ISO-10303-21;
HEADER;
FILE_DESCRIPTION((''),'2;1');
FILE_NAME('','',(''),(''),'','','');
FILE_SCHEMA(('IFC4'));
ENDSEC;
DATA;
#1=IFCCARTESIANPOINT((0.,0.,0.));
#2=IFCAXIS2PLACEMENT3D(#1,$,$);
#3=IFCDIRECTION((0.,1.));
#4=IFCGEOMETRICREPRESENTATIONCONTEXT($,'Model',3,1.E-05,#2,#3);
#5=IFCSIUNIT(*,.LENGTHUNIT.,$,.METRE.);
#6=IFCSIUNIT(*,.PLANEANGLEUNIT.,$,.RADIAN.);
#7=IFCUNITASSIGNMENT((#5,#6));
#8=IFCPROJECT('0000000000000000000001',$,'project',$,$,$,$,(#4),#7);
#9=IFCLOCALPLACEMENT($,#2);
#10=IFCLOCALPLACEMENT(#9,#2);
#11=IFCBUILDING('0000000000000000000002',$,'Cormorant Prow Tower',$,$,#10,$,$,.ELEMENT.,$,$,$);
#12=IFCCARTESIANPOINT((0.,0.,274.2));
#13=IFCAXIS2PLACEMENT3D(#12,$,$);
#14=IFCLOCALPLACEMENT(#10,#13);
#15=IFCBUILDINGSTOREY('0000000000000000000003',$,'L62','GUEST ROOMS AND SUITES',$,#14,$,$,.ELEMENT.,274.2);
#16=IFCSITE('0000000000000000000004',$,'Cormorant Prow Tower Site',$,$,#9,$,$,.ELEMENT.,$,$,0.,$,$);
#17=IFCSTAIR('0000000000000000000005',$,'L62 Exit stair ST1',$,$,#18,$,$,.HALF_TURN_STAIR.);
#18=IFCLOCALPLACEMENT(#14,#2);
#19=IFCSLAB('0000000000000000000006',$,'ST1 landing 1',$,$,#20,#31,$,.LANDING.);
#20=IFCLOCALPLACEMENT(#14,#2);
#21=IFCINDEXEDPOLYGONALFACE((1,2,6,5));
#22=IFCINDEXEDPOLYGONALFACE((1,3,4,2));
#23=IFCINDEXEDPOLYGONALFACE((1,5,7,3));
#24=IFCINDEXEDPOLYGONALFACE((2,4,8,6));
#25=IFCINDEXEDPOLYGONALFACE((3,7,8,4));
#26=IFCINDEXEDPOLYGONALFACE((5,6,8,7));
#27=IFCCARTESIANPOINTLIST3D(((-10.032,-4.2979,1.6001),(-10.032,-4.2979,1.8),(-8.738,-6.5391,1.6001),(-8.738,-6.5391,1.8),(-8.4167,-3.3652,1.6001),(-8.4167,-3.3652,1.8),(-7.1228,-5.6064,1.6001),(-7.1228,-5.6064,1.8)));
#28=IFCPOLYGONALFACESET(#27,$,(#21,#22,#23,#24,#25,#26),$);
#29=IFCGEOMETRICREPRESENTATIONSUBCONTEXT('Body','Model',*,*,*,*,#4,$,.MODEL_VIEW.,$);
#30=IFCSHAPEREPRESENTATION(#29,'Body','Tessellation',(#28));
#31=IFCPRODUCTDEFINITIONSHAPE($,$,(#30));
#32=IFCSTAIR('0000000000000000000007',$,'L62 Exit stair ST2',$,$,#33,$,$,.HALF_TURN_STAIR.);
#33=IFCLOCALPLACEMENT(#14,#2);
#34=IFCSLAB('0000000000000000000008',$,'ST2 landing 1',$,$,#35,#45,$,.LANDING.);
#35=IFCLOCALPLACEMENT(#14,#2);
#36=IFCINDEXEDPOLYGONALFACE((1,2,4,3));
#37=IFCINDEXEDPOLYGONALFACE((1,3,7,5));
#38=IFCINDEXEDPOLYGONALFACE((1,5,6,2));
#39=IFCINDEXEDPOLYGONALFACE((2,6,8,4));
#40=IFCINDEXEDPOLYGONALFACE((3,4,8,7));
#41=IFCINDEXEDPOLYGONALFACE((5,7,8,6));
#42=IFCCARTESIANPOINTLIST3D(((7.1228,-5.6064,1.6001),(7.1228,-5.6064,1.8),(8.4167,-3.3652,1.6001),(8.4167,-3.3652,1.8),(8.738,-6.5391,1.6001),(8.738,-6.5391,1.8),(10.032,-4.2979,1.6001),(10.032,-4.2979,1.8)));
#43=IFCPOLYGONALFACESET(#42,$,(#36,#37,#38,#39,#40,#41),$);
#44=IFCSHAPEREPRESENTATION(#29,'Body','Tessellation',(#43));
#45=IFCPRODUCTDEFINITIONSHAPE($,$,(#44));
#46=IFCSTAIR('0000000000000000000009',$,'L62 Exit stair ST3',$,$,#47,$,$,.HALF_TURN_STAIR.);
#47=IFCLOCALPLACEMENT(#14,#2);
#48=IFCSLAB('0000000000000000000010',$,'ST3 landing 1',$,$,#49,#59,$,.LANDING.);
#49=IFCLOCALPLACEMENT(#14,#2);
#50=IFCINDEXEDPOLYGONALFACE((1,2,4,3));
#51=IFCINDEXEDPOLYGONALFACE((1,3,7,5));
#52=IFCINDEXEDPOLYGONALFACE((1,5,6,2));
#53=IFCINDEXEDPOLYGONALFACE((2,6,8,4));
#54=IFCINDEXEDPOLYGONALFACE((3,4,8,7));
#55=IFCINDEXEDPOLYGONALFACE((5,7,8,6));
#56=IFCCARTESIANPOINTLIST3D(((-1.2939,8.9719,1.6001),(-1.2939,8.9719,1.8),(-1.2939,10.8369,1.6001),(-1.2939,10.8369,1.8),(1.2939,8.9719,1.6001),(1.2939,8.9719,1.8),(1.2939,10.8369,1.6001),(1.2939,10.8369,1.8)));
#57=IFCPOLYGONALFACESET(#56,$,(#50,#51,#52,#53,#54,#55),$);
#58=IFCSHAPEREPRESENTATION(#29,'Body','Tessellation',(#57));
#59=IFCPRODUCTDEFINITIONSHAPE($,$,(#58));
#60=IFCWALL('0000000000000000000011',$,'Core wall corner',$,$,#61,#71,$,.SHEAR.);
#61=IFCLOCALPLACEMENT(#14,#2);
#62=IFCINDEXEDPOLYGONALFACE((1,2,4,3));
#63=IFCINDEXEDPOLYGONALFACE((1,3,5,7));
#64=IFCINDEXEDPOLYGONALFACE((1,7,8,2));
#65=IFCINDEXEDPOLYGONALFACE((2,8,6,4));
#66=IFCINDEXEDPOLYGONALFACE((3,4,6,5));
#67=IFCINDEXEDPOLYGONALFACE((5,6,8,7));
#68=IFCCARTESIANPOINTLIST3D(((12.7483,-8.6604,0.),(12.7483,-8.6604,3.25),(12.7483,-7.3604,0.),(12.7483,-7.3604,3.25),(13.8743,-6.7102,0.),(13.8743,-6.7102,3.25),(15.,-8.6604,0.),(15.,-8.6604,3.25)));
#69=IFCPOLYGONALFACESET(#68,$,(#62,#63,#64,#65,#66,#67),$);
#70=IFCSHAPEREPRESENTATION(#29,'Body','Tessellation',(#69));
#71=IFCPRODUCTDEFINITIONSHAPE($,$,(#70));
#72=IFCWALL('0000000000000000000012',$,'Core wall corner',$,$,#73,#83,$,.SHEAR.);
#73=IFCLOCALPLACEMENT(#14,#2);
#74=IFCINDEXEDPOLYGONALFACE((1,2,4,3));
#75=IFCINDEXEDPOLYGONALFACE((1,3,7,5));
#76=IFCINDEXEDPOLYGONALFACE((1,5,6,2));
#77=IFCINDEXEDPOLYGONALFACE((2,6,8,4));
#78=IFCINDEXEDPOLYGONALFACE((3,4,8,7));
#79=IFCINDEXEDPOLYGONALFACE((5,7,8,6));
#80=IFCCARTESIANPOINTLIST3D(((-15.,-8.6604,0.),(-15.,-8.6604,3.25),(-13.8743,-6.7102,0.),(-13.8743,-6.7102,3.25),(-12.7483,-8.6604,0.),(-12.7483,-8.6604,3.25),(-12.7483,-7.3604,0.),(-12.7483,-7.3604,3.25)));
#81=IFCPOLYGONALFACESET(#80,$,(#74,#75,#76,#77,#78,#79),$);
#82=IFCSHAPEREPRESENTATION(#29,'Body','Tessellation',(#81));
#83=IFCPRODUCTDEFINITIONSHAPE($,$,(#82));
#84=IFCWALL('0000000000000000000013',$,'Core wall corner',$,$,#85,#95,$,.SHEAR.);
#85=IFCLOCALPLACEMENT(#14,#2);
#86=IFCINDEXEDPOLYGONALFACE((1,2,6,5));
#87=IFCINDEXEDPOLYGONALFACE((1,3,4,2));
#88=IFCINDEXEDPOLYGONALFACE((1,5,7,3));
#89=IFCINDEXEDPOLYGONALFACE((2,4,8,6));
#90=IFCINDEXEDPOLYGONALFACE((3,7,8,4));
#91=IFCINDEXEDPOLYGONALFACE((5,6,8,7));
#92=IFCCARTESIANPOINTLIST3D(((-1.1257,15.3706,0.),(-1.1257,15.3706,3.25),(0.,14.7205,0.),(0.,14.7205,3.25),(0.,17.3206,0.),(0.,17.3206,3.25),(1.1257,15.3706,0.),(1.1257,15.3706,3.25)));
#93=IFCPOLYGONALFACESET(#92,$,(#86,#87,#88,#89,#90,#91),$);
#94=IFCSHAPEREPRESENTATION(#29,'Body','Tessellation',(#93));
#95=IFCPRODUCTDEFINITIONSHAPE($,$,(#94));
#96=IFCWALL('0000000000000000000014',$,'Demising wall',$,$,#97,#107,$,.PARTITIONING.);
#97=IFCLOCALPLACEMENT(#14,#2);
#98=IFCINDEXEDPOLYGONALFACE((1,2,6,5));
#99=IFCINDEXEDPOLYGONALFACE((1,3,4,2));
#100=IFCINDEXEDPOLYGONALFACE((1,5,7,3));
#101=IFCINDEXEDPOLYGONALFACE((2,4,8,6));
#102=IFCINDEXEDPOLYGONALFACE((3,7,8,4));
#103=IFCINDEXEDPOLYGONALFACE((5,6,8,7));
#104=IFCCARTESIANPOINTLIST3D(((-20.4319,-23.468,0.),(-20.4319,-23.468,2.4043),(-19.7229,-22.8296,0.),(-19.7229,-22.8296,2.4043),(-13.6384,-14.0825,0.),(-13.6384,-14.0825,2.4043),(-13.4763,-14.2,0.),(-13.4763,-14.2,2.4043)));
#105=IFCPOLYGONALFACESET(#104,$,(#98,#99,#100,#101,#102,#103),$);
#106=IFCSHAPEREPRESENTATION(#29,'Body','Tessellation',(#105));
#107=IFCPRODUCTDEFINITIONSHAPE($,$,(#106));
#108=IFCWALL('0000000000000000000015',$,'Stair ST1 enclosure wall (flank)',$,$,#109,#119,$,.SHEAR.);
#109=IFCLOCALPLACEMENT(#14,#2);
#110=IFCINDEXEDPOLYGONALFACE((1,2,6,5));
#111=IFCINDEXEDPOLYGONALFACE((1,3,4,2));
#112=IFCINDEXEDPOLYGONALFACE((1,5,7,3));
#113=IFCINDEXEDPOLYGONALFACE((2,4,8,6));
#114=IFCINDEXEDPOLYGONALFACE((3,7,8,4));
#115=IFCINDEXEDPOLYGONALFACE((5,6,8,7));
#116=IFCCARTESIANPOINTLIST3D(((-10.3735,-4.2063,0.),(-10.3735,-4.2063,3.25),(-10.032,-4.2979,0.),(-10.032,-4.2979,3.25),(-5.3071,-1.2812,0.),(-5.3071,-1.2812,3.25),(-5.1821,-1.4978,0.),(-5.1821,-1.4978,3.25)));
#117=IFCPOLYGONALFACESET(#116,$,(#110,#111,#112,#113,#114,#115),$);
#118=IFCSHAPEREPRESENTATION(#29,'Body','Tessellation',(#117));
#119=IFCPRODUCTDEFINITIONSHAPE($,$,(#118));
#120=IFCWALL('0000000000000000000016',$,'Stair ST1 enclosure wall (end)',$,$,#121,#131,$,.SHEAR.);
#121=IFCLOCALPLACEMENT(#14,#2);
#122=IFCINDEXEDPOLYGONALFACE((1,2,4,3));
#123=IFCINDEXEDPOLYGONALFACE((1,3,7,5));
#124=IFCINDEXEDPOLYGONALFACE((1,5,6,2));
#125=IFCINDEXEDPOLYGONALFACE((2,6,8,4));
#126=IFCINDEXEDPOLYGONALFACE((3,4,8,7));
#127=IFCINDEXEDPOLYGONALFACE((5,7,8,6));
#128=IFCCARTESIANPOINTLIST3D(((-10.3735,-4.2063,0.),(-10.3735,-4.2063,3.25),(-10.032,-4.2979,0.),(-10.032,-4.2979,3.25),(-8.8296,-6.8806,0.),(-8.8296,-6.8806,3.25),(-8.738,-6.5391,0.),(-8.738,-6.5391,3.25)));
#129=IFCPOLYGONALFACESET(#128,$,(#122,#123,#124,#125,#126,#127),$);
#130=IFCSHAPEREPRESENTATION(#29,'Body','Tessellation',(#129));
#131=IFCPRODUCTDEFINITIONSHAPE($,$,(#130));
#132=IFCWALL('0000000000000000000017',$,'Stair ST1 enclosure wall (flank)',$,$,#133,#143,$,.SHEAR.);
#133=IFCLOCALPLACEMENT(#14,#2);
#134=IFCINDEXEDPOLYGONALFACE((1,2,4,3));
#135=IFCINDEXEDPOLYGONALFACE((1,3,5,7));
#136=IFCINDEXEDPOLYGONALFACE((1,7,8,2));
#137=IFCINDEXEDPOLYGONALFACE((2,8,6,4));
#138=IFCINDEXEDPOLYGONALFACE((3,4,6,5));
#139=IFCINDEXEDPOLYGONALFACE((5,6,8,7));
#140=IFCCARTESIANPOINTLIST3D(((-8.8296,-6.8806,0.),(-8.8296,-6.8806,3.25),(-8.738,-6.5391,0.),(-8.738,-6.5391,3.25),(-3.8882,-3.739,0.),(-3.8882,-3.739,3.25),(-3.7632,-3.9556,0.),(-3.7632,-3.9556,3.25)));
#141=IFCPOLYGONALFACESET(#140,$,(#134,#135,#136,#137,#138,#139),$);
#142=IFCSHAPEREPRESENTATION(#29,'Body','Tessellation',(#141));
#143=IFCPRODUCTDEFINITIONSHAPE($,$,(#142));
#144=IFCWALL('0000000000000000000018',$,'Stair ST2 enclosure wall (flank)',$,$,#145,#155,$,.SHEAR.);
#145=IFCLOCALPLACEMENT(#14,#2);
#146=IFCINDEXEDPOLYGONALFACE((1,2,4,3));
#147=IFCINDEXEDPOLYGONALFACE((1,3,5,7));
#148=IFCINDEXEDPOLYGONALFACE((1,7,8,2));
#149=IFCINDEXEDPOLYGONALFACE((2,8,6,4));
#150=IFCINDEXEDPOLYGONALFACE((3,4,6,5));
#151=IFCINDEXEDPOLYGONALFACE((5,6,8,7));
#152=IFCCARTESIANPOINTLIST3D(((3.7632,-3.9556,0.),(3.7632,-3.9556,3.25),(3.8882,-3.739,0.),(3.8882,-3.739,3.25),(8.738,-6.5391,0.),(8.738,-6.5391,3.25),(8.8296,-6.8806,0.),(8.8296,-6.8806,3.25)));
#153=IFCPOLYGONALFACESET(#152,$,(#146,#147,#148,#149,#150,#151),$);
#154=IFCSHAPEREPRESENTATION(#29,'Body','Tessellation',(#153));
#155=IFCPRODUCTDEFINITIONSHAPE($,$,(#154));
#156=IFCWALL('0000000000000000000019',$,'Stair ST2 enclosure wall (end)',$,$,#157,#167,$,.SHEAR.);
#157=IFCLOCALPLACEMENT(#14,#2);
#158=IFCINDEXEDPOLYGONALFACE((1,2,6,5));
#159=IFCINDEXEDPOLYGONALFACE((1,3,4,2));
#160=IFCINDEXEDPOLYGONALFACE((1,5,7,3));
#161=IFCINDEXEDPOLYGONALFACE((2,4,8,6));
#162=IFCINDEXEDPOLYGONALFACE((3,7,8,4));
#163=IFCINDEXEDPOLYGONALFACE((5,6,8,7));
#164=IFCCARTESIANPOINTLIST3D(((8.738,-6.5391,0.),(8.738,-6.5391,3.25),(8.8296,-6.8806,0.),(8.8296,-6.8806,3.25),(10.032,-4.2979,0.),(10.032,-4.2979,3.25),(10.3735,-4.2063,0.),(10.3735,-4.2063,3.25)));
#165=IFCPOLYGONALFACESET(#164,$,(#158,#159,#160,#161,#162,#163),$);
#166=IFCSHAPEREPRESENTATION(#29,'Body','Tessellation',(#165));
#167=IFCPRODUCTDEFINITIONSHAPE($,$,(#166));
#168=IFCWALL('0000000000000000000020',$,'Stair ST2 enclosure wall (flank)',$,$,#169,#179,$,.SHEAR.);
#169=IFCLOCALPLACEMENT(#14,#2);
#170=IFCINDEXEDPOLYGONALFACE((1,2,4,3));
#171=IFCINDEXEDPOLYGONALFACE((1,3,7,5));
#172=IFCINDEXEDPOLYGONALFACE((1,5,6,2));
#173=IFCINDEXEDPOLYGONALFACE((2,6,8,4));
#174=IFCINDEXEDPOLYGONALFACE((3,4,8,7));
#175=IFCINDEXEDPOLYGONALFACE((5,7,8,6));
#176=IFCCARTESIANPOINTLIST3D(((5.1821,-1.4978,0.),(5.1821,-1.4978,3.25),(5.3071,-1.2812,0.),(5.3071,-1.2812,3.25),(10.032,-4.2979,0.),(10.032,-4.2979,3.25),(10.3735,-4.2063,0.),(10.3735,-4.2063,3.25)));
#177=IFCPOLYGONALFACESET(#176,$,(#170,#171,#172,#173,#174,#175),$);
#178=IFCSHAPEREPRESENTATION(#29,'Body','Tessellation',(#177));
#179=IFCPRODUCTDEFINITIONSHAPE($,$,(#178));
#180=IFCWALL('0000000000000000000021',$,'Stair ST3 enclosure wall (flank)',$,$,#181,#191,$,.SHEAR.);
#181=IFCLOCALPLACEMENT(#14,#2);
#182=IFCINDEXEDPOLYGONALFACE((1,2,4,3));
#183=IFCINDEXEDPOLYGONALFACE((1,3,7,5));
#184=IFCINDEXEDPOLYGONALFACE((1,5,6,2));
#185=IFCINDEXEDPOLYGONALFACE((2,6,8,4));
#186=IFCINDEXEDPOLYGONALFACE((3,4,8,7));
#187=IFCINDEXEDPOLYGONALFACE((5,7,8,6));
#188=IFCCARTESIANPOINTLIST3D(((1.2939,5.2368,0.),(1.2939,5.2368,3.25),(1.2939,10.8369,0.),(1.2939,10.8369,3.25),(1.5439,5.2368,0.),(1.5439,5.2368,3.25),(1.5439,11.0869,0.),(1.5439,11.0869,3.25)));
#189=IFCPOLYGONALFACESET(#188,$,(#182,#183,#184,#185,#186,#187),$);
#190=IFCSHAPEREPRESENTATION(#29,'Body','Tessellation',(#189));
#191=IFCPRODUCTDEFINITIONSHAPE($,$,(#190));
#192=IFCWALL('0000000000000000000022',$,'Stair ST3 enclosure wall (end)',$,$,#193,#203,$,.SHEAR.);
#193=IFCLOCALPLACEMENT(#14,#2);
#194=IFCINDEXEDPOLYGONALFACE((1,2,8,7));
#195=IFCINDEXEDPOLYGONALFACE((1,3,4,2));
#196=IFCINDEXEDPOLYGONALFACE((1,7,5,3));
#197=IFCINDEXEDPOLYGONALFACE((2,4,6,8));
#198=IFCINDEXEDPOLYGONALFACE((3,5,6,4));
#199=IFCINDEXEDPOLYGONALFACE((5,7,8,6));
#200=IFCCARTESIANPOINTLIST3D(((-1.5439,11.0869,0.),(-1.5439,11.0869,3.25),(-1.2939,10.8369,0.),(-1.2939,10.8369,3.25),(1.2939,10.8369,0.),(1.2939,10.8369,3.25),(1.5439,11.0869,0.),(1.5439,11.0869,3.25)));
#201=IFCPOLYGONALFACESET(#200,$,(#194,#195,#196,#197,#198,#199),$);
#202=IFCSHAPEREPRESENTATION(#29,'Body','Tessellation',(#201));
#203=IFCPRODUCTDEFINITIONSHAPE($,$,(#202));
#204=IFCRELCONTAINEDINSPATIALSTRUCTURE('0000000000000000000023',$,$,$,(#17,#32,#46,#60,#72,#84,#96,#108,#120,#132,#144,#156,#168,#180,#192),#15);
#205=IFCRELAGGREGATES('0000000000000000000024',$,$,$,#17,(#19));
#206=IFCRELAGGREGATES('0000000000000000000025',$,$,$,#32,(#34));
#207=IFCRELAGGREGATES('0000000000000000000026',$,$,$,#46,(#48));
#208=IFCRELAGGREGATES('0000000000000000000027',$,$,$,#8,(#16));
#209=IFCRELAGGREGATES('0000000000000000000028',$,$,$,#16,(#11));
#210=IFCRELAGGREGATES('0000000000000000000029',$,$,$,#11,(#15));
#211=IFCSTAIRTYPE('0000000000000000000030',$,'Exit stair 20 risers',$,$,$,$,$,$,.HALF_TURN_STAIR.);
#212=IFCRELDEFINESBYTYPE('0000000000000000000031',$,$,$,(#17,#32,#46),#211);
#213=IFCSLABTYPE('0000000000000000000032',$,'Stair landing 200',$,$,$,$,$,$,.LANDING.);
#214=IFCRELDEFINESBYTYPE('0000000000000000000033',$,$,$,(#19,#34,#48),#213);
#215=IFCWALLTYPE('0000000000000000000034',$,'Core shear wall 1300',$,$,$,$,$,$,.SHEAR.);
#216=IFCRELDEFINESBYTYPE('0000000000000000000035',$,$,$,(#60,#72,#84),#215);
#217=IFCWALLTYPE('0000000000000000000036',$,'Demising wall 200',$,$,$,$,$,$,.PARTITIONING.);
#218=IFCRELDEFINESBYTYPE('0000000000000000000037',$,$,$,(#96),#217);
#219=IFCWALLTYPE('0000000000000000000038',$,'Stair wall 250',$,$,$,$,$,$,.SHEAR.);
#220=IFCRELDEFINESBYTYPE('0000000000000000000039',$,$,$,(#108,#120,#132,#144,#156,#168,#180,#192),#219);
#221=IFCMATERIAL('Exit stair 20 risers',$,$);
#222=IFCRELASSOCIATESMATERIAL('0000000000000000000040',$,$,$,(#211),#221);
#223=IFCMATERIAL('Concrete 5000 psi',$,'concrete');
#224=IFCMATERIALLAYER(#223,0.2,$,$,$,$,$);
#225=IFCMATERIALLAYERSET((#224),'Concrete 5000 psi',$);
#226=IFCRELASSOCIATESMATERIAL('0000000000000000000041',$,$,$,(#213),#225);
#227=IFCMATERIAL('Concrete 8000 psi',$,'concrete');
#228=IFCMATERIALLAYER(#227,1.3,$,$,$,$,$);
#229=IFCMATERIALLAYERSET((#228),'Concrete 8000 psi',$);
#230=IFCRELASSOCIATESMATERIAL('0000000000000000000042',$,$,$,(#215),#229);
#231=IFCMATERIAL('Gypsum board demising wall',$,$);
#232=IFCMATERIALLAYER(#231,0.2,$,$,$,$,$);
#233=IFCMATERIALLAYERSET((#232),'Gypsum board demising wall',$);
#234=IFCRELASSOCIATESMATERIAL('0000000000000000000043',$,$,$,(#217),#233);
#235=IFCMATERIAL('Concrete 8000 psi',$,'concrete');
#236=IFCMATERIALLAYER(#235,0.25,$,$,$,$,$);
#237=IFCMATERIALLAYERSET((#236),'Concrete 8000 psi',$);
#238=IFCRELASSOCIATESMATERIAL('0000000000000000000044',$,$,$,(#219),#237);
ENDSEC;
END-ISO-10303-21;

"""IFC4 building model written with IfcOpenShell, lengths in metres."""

from ifc_helpers import new_model, si_unit, direction, frame, origin, place, context, subcontext, project, spatial, polyline, outline, extrude, material, layer, layer_set, type_object, element, aggregate, save


model = new_model("IFC4")

# Units and contexts
model_context = context("Model", 3, precision=1e-05, world=origin(), true_north=direction((0.0, 1.0)))
body_context = subcontext(model_context, "Body", "Model", "MODEL_VIEW")
ifc_project = project(units=[si_unit("LENGTHUNIT", "METRE"), si_unit("PLANEANGLEUNIT", "RADIAN")], contexts=[model_context])

# Site, building, storey
site_placement = place(None, origin())
site = spatial("IfcSite", under=ifc_project, at=site_placement, Name="Cormorant Prow Tower Site", CompositionType="ELEMENT", RefElevation=0.0)
building_placement = place(site_placement, origin())
building = spatial("IfcBuilding", under=site, at=building_placement, Name="Cormorant Prow Tower", CompositionType="ELEMENT")
storey_placement = place(building_placement, frame((0.0, 0.0, 274.2)))
storey = spatial("IfcBuildingStorey", under=building, at=storey_placement, Name="L62", Description="GUEST ROOMS AND SUITES", CompositionType="ELEMENT", Elevation=274.2)

# Stairs, slabs
ifc_material_1 = material(Name="Exit stair 20 risers")
stair_type = type_object("IfcStairType", Name="Exit stair 20 risers", PredefinedType="HALF_TURN_STAIR", material=ifc_material_1)
stair_1_placement = place(storey_placement, origin())
stair_1 = element("IfcStair", 1, at=stair_1_placement, inside=storey, type_object=stair_type, Name="L62 Exit stair ST1", PredefinedType="HALF_TURN_STAIR")
ifc_material_2 = material(Name="Concrete 5000 psi", Category="concrete")
ifc_layer_1 = layer(ifc_material_2, 0.2)
ifc_layer_set_1 = layer_set([ifc_layer_1], Name="Concrete 5000 psi")
slab_type = type_object("IfcSlabType", Name="Stair landing 200", PredefinedType="LANDING", material=ifc_layer_set_1)
slab_1_placement = place(storey_placement, frame((0.0, 0.0, 1.6001)))
slab_1 = element("IfcSlab", 2, at=slab_1_placement, type_object=slab_type, Name="ST1 landing 1", PredefinedType="LANDING", context=body_context, shape_type="SweptSolid", body=[
    extrude(outline(polyline([(-8.4167, -3.3652), (-10.032, -4.2979), (-8.738, -6.5391), (-7.1228, -5.6064), (-8.4167, -3.3652)])), origin(), (0.0, 0.0, 1.0), 0.2),
])
aggregate(stair_1, [slab_1])
stair_2_placement = place(storey_placement, origin())
stair_2 = element("IfcStair", 3, at=stair_2_placement, inside=storey, type_object=stair_type, Name="L62 Exit stair ST2", PredefinedType="HALF_TURN_STAIR")
slab_2_placement = place(storey_placement, frame((0.0, 0.0, 1.6001)))
slab_2 = element("IfcSlab", 4, at=slab_2_placement, type_object=slab_type, Name="ST2 landing 1", PredefinedType="LANDING", context=body_context, shape_type="SweptSolid", body=[
    extrude(outline(polyline([(7.1228, -5.6064), (8.738, -6.5391), (10.032, -4.2979), (8.4167, -3.3652), (7.1228, -5.6064)])), origin(), (0.0, 0.0, 1.0), 0.2),
])
aggregate(stair_2, [slab_2])
stair_3_placement = place(storey_placement, origin())
stair_3 = element("IfcStair", 5, at=stair_3_placement, inside=storey, type_object=stair_type, Name="L62 Exit stair ST3", PredefinedType="HALF_TURN_STAIR")
slab_3_placement = place(storey_placement, frame((0.0, 0.0, 1.6001)))
slab_3 = element("IfcSlab", 6, at=slab_3_placement, type_object=slab_type, Name="ST3 landing 1", PredefinedType="LANDING", context=body_context, shape_type="SweptSolid", body=[
    extrude(outline(polyline([(1.2939, 8.9719), (1.2939, 10.8369), (-1.2939, 10.8369), (-1.2939, 8.9719), (1.2939, 8.9719)])), origin(), (0.0, 0.0, 1.0), 0.2),
])

# Walls
ifc_material_3 = material(Name="Concrete 8000 psi", Category="concrete")
ifc_layer_2 = layer(ifc_material_3, 1.3)
ifc_layer_set_2 = layer_set([ifc_layer_2], Name="Concrete 8000 psi")
wall_type_1 = type_object("IfcWallType", Name="Core shear wall 1300", PredefinedType="SHEAR", material=ifc_layer_set_2)
wall_1_placement = place(storey_placement, origin())
element("IfcWall", 7, at=wall_1_placement, inside=storey, type_object=wall_type_1, Name="Core wall corner", PredefinedType="SHEAR", context=body_context, shape_type="SweptSolid", body=[
    extrude(outline(polyline([(12.7483, -8.6604), (12.7483, -7.3604), (13.8743, -6.7102), (15.0, -8.6604), (12.7483, -8.6604)])), origin(), (0.0, 0.0, 1.0), 3.25),
])
wall_2_placement = place(storey_placement, origin())
element("IfcWall", 8, at=wall_2_placement, inside=storey, type_object=wall_type_1, Name="Core wall corner", PredefinedType="SHEAR", context=body_context, shape_type="SweptSolid", body=[
    extrude(outline(polyline([(-13.8743, -6.7102), (-12.7483, -7.3604), (-12.7483, -8.6604), (-15.0, -8.6604), (-13.8743, -6.7102)])), origin(), (0.0, 0.0, 1.0), 3.25),
])
wall_3_placement = place(storey_placement, origin())
element("IfcWall", 9, at=wall_3_placement, inside=storey, type_object=wall_type_1, Name="Core wall corner", PredefinedType="SHEAR", context=body_context, shape_type="SweptSolid", body=[
    extrude(outline(polyline([(-1.1257, 15.3706), (0.0, 17.3206), (1.1257, 15.3706), (0.0, 14.7205), (-1.1257, 15.3706)])), origin(), (0.0, 0.0, 1.0), 3.25),
])
ifc_material_4 = material(Name="Gypsum board demising wall")
ifc_layer_3 = layer(ifc_material_4, 0.2)
ifc_layer_set_3 = layer_set([ifc_layer_3], Name="Gypsum board demising wall")
wall_type_2 = type_object("IfcWallType", Name="Demising wall 200", PredefinedType="PARTITIONING", material=ifc_layer_set_3)
wall_4_placement = place(storey_placement, origin())
element("IfcWall", 10, at=wall_4_placement, inside=storey, type_object=wall_type_2, Name="Demising wall", PredefinedType="PARTITIONING", context=body_context, shape_type="SweptSolid", body=[
    extrude(outline(polyline([(-13.4763, -14.2), (-19.7229, -22.8296), (-20.4319, -23.468), (-13.6384, -14.0825), (-13.4763, -14.2)])), origin(), (0.0, 0.0, 1.0), 2.4043),
])
ifc_material_5 = material(Name="Concrete 8000 psi", Category="concrete")
ifc_layer_4 = layer(ifc_material_5, 0.25)
ifc_layer_set_4 = layer_set([ifc_layer_4], Name="Concrete 8000 psi")
wall_type_3 = type_object("IfcWallType", Name="Stair wall 250", PredefinedType="SHEAR", material=ifc_layer_set_4)
wall_5_placement = place(storey_placement, origin())
element("IfcWall", 11, at=wall_5_placement, inside=storey, type_object=wall_type_3, Name="Stair ST1 enclosure wall (flank)", PredefinedType="SHEAR", context=body_context, shape_type="SweptSolid", body=[
    extrude(outline(polyline([(-5.3071, -1.2812), (-10.3735, -4.2063), (-10.032, -4.2979), (-5.1821, -1.4978), (-5.3071, -1.2812)])), origin(), (0.0, 0.0, 1.0), 3.25),
])
wall_6_placement = place(storey_placement, origin())
element("IfcWall", 12, at=wall_6_placement, inside=storey, type_object=wall_type_3, Name="Stair ST1 enclosure wall (end)", PredefinedType="SHEAR", context=body_context, shape_type="SweptSolid", body=[
    extrude(outline(polyline([(-10.3735, -4.2063), (-8.8296, -6.8806), (-8.738, -6.5391), (-10.032, -4.2979), (-10.3735, -4.2063)])), origin(), (0.0, 0.0, 1.0), 3.25),
])
wall_7_placement = place(storey_placement, origin())
element("IfcWall", 13, at=wall_7_placement, inside=storey, type_object=wall_type_3, Name="Stair ST1 enclosure wall (flank)", PredefinedType="SHEAR", context=body_context, shape_type="SweptSolid", body=[
    extrude(outline(polyline([(-8.738, -6.5391), (-8.8296, -6.8806), (-3.7632, -3.9556), (-3.8882, -3.739), (-8.738, -6.5391)])), origin(), (0.0, 0.0, 1.0), 3.25),
])
wall_8_placement = place(storey_placement, origin())
element("IfcWall", 14, at=wall_8_placement, inside=storey, type_object=wall_type_3, Name="Stair ST2 enclosure wall (flank)", PredefinedType="SHEAR", context=body_context, shape_type="SweptSolid", body=[
    extrude(outline(polyline([(3.7632, -3.9556), (8.8296, -6.8806), (8.738, -6.5391), (3.8882, -3.739), (3.7632, -3.9556)])), origin(), (0.0, 0.0, 1.0), 3.25),
])
wall_9_placement = place(storey_placement, origin())
element("IfcWall", 15, at=wall_9_placement, inside=storey, type_object=wall_type_3, Name="Stair ST2 enclosure wall (end)", PredefinedType="SHEAR", context=body_context, shape_type="SweptSolid", body=[
    extrude(outline(polyline([(8.8296, -6.8806), (10.3735, -4.2063), (10.032, -4.2979), (8.738, -6.5391), (8.8296, -6.8806)])), origin(), (0.0, 0.0, 1.0), 3.25),
])
wall_10_placement = place(storey_placement, origin())
element("IfcWall", 16, at=wall_10_placement, inside=storey, type_object=wall_type_3, Name="Stair ST2 enclosure wall (flank)", PredefinedType="SHEAR", context=body_context, shape_type="SweptSolid", body=[
    extrude(outline(polyline([(10.032, -4.2979), (10.3735, -4.2063), (5.3071, -1.2812), (5.1821, -1.4978), (10.032, -4.2979)])), origin(), (0.0, 0.0, 1.0), 3.25),
])
wall_11_placement = place(storey_placement, origin())
element("IfcWall", 17, at=wall_11_placement, inside=storey, type_object=wall_type_3, Name="Stair ST3 enclosure wall (flank)", PredefinedType="SHEAR", context=body_context, shape_type="SweptSolid", body=[
    extrude(outline(polyline([(1.5439, 5.2368), (1.5439, 11.0869), (1.2939, 10.8369), (1.2939, 5.2368), (1.5439, 5.2368)])), origin(), (0.0, 0.0, 1.0), 3.25),
])
wall_12_placement = place(storey_placement, origin())
element("IfcWall", 18, at=wall_12_placement, inside=storey, type_object=wall_type_3, Name="Stair ST3 enclosure wall (end)", PredefinedType="SHEAR", context=body_context, shape_type="SweptSolid", body=[
    extrude(outline(polyline([(1.5439, 11.0869), (-1.5439, 11.0869), (-1.2939, 10.8369), (1.2939, 10.8369), (1.5439, 11.0869)])), origin(), (0.0, 0.0, 1.0), 3.25),
])

aggregate(stair_3, [slab_3])

save(model, "model.ifc")
